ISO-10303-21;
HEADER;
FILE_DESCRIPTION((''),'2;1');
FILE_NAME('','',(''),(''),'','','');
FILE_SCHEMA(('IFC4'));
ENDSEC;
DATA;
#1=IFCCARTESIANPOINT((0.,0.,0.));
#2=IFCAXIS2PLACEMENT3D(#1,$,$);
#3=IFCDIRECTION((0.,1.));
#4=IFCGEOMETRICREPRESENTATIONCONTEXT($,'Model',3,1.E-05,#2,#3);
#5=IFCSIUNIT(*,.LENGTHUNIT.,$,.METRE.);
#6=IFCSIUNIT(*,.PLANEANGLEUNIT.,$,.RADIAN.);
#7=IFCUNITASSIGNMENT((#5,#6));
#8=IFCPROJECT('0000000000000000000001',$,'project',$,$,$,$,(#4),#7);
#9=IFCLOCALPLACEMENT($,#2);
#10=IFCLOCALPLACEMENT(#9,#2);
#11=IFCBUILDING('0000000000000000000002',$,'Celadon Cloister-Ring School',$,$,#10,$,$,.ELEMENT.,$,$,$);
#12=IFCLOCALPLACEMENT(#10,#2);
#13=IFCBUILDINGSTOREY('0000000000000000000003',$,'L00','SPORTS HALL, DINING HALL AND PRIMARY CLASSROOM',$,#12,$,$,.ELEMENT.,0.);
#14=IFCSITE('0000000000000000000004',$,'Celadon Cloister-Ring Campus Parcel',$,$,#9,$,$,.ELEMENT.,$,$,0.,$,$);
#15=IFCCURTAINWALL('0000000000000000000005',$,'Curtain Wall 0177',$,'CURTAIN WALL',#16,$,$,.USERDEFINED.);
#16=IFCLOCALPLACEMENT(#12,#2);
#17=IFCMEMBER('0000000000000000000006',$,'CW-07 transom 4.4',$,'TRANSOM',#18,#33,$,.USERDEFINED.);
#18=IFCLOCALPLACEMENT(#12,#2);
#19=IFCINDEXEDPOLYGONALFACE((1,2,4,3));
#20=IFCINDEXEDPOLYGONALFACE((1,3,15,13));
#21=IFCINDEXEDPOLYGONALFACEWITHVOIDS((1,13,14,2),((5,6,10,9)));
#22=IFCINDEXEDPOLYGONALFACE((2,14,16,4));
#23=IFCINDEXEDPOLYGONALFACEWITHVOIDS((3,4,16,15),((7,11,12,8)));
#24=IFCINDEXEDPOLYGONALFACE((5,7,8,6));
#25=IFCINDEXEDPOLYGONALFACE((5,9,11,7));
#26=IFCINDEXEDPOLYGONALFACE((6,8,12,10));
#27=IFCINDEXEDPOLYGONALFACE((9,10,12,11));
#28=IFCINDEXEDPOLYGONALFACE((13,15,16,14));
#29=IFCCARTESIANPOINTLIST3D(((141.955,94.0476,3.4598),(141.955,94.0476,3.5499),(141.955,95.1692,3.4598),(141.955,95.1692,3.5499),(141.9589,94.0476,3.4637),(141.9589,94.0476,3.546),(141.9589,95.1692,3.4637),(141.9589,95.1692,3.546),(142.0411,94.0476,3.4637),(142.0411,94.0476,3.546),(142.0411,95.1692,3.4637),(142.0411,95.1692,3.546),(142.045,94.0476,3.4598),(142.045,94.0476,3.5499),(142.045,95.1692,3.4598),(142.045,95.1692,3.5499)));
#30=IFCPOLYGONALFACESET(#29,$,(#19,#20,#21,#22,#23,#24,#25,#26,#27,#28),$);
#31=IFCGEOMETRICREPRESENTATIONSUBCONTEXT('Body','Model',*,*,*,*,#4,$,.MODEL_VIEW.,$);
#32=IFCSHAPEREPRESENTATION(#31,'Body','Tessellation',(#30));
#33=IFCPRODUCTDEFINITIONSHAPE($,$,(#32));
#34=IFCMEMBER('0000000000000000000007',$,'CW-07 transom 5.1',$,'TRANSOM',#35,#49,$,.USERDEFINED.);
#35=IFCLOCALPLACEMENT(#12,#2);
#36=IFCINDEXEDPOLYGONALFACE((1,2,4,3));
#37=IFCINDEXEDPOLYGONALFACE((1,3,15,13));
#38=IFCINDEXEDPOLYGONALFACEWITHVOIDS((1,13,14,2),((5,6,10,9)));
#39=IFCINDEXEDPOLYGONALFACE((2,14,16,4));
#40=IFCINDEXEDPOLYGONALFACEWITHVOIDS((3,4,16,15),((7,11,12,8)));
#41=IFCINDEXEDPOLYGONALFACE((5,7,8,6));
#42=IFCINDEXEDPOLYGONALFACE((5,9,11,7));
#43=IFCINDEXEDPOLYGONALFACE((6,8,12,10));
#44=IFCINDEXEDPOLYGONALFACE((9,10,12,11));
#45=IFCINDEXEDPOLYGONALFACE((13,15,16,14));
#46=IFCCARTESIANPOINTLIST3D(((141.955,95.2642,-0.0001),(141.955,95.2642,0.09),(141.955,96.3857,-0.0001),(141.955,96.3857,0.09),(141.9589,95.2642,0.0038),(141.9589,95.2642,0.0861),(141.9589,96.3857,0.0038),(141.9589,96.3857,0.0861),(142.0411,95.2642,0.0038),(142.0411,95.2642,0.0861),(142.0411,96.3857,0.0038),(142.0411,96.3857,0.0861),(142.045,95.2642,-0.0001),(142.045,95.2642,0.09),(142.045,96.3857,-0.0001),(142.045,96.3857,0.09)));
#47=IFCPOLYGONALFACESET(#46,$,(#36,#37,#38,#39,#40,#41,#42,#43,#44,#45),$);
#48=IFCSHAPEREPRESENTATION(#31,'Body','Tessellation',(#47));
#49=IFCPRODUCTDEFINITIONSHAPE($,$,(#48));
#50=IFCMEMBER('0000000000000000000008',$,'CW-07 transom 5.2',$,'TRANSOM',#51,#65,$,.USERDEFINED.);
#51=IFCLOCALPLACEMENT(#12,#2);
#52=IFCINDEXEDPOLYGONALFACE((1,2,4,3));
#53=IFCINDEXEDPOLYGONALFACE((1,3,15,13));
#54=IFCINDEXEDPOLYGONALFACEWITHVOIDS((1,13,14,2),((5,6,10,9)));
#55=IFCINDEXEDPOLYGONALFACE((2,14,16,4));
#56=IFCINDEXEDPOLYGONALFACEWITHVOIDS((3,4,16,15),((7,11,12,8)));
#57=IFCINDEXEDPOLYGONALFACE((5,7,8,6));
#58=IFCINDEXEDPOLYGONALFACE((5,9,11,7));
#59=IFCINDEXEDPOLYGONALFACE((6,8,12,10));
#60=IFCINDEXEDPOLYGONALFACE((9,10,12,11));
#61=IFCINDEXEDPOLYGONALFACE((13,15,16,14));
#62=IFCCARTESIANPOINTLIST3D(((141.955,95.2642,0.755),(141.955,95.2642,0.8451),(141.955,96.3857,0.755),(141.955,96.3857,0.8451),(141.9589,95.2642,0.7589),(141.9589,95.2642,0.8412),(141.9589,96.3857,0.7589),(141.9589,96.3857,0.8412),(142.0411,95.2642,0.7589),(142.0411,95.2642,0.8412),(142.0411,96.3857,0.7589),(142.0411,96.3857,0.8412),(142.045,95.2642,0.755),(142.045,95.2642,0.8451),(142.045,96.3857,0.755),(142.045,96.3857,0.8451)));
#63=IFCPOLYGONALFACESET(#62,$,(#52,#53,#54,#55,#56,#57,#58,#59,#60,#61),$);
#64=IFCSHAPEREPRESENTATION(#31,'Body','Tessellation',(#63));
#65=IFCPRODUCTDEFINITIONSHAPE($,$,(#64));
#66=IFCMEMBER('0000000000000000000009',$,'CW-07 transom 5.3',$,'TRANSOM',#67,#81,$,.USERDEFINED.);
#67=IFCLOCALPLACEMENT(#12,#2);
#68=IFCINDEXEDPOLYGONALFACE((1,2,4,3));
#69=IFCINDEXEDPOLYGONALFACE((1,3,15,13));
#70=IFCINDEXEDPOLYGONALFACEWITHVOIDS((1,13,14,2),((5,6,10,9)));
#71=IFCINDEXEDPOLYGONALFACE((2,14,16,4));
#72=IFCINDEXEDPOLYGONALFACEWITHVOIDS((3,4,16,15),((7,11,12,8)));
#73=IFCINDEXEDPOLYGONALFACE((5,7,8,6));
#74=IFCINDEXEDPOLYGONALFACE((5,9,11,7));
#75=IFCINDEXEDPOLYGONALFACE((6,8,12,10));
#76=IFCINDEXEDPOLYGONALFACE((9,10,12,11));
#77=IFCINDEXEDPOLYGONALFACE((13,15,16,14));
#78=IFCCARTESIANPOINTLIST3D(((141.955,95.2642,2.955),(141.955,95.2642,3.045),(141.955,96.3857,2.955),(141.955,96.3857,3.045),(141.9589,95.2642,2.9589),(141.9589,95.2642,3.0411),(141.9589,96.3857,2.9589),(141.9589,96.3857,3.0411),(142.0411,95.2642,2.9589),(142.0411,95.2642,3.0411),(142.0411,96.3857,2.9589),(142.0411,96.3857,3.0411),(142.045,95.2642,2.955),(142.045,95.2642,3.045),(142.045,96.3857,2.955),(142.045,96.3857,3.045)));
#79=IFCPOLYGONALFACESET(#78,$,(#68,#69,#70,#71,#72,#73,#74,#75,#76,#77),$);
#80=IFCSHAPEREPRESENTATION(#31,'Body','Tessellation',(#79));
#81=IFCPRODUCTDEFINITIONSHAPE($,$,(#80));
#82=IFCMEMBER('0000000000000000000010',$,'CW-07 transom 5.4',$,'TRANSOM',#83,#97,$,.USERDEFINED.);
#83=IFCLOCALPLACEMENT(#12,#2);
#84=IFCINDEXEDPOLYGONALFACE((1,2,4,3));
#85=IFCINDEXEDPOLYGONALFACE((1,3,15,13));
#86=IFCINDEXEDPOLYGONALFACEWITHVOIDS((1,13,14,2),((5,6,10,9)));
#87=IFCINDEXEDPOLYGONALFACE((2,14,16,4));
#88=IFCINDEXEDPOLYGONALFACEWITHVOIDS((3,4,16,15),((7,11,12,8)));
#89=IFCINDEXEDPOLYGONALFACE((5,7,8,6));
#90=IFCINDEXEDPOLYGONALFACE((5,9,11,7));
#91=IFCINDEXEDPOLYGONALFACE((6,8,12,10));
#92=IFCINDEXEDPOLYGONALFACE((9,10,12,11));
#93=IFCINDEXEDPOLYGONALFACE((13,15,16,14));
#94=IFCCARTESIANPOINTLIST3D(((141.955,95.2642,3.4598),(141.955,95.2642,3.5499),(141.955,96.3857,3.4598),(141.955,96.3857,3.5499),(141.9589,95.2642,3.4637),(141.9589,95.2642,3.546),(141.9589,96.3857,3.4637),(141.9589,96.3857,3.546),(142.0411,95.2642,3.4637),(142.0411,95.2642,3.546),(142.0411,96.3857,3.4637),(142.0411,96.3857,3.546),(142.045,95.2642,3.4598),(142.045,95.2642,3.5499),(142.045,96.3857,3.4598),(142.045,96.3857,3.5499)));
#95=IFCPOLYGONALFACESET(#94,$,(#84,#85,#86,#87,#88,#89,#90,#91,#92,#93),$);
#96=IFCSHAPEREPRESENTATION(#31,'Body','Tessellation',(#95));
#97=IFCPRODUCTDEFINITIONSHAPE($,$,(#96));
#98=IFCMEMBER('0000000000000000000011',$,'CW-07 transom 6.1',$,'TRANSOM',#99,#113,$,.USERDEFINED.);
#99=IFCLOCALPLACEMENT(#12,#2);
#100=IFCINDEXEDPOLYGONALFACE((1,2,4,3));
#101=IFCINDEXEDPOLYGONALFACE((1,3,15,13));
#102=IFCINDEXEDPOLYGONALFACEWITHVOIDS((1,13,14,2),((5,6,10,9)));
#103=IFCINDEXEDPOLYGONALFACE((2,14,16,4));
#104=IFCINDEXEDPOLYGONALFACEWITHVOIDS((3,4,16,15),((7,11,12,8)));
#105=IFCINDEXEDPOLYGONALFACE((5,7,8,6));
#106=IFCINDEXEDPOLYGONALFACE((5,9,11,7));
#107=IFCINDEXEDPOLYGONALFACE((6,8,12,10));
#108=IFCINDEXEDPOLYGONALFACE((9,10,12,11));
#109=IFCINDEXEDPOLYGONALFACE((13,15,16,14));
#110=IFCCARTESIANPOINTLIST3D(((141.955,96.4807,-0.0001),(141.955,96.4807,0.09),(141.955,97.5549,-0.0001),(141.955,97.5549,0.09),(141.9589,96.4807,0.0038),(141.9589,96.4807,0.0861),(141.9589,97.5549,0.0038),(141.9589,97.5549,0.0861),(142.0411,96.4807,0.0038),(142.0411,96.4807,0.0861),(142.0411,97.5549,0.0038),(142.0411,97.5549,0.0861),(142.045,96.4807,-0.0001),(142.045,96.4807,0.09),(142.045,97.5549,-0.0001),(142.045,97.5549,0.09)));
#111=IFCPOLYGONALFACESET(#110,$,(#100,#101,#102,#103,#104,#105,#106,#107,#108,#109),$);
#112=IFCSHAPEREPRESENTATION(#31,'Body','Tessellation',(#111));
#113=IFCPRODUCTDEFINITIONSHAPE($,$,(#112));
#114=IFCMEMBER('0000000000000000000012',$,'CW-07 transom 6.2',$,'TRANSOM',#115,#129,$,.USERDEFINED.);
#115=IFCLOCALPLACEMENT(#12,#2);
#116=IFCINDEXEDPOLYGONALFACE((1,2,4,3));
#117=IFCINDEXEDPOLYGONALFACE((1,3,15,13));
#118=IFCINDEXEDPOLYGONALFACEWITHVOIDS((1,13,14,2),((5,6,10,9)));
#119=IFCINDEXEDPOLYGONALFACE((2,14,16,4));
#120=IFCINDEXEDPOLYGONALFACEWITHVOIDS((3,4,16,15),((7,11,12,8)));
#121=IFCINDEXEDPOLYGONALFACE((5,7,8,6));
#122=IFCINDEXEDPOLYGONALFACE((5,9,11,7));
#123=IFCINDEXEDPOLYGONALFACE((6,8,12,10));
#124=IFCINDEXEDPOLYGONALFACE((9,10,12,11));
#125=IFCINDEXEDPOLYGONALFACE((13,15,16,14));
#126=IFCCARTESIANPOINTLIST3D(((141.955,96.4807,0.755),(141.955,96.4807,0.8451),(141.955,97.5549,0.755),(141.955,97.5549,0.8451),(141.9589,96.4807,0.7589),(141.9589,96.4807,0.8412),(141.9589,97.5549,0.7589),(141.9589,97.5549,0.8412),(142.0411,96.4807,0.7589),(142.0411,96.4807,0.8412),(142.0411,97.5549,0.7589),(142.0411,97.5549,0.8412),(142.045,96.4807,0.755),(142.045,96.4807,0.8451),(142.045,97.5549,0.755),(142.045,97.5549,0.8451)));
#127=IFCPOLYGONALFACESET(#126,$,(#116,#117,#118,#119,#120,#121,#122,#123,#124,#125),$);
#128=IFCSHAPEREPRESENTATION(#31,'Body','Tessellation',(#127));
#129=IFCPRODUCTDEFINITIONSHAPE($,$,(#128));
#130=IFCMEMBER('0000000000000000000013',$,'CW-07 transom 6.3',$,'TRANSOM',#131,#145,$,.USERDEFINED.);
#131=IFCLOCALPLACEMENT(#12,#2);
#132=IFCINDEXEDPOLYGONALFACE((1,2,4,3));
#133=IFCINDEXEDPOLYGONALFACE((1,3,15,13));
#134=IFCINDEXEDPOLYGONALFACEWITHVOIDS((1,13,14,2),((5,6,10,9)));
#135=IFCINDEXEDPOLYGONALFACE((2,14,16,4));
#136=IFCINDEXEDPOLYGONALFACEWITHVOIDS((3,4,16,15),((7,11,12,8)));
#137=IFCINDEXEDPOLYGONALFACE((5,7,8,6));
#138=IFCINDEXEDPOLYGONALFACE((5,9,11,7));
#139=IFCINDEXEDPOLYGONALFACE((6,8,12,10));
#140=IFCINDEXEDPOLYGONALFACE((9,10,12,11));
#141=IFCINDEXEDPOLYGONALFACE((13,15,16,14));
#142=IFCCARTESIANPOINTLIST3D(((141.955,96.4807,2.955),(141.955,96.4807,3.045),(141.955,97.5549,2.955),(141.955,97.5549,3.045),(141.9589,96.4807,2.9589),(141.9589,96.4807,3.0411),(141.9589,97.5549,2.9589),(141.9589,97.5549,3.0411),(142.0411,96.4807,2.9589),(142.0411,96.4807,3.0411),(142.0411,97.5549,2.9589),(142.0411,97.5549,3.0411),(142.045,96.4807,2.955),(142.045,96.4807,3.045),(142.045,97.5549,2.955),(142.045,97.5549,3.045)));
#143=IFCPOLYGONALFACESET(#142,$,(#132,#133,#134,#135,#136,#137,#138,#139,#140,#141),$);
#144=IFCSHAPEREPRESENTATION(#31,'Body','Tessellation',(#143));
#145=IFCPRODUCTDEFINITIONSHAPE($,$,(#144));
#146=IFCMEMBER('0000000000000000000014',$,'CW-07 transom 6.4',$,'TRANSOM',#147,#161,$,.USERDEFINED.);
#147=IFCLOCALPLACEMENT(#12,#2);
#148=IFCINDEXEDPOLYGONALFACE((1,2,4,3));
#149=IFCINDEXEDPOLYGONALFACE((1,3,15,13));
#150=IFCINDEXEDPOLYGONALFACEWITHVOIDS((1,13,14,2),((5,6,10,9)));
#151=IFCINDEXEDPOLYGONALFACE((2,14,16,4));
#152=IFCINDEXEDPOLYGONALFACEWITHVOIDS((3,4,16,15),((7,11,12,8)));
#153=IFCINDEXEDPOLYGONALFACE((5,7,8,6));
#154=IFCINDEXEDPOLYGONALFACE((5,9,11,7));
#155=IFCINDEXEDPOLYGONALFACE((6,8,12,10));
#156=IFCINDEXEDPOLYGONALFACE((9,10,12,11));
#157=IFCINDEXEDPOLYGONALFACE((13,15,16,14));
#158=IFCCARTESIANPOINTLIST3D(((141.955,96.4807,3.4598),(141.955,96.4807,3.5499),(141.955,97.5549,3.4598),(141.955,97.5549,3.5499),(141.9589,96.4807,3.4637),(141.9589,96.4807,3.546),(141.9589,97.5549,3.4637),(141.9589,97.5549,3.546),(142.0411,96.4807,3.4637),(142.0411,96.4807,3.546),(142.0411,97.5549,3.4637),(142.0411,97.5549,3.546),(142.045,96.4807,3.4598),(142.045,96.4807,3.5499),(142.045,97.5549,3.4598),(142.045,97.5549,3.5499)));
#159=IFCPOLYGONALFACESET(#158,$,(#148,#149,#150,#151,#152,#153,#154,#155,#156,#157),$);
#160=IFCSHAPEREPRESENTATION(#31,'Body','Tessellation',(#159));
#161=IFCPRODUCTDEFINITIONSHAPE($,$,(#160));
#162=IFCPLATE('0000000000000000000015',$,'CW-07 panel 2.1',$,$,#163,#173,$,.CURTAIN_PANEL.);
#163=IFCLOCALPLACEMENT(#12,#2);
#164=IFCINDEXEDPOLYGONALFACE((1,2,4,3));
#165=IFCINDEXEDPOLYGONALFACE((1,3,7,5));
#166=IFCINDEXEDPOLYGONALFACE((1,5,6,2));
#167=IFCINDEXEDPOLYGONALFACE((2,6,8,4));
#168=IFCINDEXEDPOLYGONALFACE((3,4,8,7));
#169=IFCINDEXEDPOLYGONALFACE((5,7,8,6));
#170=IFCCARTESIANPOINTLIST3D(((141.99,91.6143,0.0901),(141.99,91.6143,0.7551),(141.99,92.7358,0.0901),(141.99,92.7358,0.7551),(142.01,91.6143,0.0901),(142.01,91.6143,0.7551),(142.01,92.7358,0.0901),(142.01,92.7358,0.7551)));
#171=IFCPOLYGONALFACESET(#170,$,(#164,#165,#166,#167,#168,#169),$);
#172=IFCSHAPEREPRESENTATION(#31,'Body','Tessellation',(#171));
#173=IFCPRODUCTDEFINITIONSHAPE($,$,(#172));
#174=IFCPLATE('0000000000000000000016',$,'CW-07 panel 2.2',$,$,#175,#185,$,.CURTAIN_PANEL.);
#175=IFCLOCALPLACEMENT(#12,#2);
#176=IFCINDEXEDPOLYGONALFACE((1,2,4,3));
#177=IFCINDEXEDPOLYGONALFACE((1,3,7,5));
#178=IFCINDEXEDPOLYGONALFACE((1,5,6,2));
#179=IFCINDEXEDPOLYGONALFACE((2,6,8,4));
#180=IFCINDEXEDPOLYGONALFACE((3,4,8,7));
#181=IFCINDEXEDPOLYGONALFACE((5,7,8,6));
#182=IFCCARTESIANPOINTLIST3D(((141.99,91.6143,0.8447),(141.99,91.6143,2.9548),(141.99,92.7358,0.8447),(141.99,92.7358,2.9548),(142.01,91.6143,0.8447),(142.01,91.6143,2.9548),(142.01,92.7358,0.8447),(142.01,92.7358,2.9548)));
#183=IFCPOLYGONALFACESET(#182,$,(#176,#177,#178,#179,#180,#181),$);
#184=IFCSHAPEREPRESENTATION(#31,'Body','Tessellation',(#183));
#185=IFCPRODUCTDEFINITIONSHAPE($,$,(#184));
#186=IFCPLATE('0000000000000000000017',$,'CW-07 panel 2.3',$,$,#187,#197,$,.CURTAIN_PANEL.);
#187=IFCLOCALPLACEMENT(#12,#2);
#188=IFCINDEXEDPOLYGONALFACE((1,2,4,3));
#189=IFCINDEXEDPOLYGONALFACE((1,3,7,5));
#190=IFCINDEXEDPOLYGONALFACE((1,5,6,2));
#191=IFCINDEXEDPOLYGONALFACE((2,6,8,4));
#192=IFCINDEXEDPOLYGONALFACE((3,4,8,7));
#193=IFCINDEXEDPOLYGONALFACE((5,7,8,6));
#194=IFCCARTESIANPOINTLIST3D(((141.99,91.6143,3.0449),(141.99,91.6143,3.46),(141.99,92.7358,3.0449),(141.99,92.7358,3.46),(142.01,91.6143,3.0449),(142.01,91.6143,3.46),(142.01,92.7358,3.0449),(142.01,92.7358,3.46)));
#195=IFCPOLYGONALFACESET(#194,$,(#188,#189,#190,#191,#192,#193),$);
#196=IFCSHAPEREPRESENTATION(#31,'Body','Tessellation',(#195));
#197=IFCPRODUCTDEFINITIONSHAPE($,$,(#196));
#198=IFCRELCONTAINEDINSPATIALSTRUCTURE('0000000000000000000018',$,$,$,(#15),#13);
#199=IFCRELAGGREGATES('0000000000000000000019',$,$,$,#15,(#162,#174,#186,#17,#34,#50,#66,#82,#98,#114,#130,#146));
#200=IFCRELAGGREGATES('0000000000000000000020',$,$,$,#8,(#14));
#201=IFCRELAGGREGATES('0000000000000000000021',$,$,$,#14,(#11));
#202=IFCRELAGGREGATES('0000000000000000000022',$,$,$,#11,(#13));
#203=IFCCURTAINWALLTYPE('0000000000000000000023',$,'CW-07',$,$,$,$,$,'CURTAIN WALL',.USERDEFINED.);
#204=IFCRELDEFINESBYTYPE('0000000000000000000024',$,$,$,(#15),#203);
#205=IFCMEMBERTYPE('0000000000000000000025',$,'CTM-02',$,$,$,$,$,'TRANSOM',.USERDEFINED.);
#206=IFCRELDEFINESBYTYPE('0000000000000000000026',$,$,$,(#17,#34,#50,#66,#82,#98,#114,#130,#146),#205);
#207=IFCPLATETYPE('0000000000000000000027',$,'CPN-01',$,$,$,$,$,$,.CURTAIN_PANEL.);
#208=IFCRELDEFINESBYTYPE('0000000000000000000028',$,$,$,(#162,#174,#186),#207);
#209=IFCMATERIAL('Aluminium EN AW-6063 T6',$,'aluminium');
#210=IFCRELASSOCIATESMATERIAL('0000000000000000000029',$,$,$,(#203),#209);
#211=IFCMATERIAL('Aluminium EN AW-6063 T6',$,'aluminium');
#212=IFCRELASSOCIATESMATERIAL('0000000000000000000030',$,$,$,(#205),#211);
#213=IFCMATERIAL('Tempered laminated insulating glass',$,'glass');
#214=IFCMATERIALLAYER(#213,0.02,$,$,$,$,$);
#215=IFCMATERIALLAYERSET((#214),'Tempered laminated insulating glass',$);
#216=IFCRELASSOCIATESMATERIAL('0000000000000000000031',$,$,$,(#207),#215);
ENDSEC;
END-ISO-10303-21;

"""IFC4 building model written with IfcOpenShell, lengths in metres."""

from ifc_helpers import new_model, si_unit, direction, frame, origin, origin_2d, place, context, subcontext, project, spatial, rectangle, hollow_rectangle, extrude, material, layer, layer_set, material_profile, profile_set, type_object, element, aggregate, save


model = new_model("IFC4")

# Units and contexts
model_context = context("Model", 3, precision=1e-05, world=origin(), true_north=direction((0.0, 1.0)))
body_context = subcontext(model_context, "Body", "Model", "MODEL_VIEW")
ifc_project = project(units=[si_unit("LENGTHUNIT", "METRE"), si_unit("PLANEANGLEUNIT", "RADIAN")], contexts=[model_context])

# Site, building, storey
site_placement = place(None, origin())
site = spatial("IfcSite", under=ifc_project, at=site_placement, Name="Celadon Cloister-Ring Campus Parcel", CompositionType="ELEMENT", RefElevation=0.0)
building_placement = place(site_placement, origin())
building = spatial("IfcBuilding", under=site, at=building_placement, Name="Celadon Cloister-Ring School", CompositionType="ELEMENT")
storey_placement = place(building_placement, origin())
storey = spatial("IfcBuildingStorey", under=building, at=storey_placement, Name="L00", Description="SPORTS HALL, DINING HALL AND PRIMARY CLASSROOM", CompositionType="ELEMENT", Elevation=0.0)

# Curtain wall, members, plates
ifc_material_1 = material(Name="Aluminium EN AW-6063 T6", Category="aluminium")
curtain_wall_type = type_object("IfcCurtainWallType", Name="CW-07", ElementType="CURTAIN WALL", PredefinedType="USERDEFINED", material=ifc_material_1)
curtain_wall_placement = place(storey_placement, origin())
curtain_wall = element("IfcCurtainWall", 1, at=curtain_wall_placement, inside=storey, type_object=curtain_wall_type, Name="Curtain Wall 0177", ObjectType="CURTAIN WALL", PredefinedType="USERDEFINED")
ifc_material_2 = material(Name="Aluminium EN AW-6063 T6", Category="aluminium")
ifc_material_profile_1 = material_profile(ifc_material_2, hollow_rectangle(XDim=0.0901, YDim=0.0901, WallThickness=0.0039, at=origin_2d()), Name="RHS90X90X4")
ifc_profile_set_1 = profile_set([ifc_material_profile_1], Name="Aluminium EN AW-6063 T6")
member_type_1 = type_object("IfcMemberType", Name="CTM-02", ElementType="TRANSOM", PredefinedType="USERDEFINED", material=ifc_profile_set_1)
member_1_placement = place(storey_placement, frame((142.0, 94.0476, 3.5049), z_axis=(0.0, 1.0, 0.0), x_axis=(-1.0, 0.0, 0.0)))
member_1 = element("IfcMember", 2, at=member_1_placement, type_object=member_type_1, Name="CW-07 transom 4.4", ObjectType="TRANSOM", PredefinedType="USERDEFINED", context=body_context, shape_type="SweptSolid", body=[
    extrude(hollow_rectangle(XDim=0.0901, YDim=0.0901, WallThickness=0.0039, at=origin_2d()), origin(), (0.0, 0.0, 1.0), 1.1216),
])
member_2_placement = place(storey_placement, frame((142.0, 95.2642, 0.0449), z_axis=(0.0, 1.0, 0.0), x_axis=(-1.0, 0.0, 0.0)))
member_2 = element("IfcMember", 3, at=member_2_placement, type_object=member_type_1, Name="CW-07 transom 5.1", ObjectType="TRANSOM", PredefinedType="USERDEFINED", context=body_context, shape_type="SweptSolid", body=[
    extrude(hollow_rectangle(XDim=0.0901, YDim=0.0901, WallThickness=0.0039, at=origin_2d()), origin(), (0.0, 0.0, 1.0), 1.1216),
])
member_3_placement = place(storey_placement, frame((142.0, 95.2642, 0.8), z_axis=(0.0, 1.0, 0.0), x_axis=(-1.0, 0.0, 0.0)))
member_3 = element("IfcMember", 4, at=member_3_placement, type_object=member_type_1, Name="CW-07 transom 5.2", ObjectType="TRANSOM", PredefinedType="USERDEFINED", context=body_context, shape_type="SweptSolid", body=[
    extrude(hollow_rectangle(XDim=0.0901, YDim=0.0901, WallThickness=0.0039, at=origin_2d()), origin(), (0.0, 0.0, 1.0), 1.1216),
])
member_4_placement = place(storey_placement, frame((142.0, 95.2642, 3.0), z_axis=(0.0, 1.0, 0.0), x_axis=(-1.0, 0.0, 0.0)))
member_4 = element("IfcMember", 5, at=member_4_placement, type_object=member_type_1, Name="CW-07 transom 5.3", ObjectType="TRANSOM", PredefinedType="USERDEFINED", context=body_context, shape_type="SweptSolid", body=[
    extrude(hollow_rectangle(XDim=0.0901, YDim=0.0901, WallThickness=0.0039, at=origin_2d()), origin(), (0.0, 0.0, 1.0), 1.1216),
])
member_5_placement = place(storey_placement, frame((142.0, 95.2642, 3.5049), z_axis=(0.0, 1.0, 0.0), x_axis=(-1.0, 0.0, 0.0)))
member_5 = element("IfcMember", 6, at=member_5_placement, type_object=member_type_1, Name="CW-07 transom 5.4", ObjectType="TRANSOM", PredefinedType="USERDEFINED", context=body_context, shape_type="SweptSolid", body=[
    extrude(hollow_rectangle(XDim=0.0901, YDim=0.0901, WallThickness=0.0039, at=origin_2d()), origin(), (0.0, 0.0, 1.0), 1.1216),
])
member_6_placement = place(storey_placement, frame((142.0, 96.4807, 0.0449), z_axis=(0.0, 1.0, 0.0), x_axis=(-1.0, 0.0, 0.0)))
member_6 = element("IfcMember", 7, at=member_6_placement, type_object=member_type_1, Name="CW-07 transom 6.1", ObjectType="TRANSOM", PredefinedType="USERDEFINED", context=body_context, shape_type="SweptSolid", body=[
    extrude(hollow_rectangle(XDim=0.0901, YDim=0.0901, WallThickness=0.0039, at=origin_2d()), origin(), (0.0, 0.0, 1.0), 1.0742),
])
member_7_placement = place(storey_placement, frame((142.0, 96.4807, 0.8), z_axis=(0.0, 1.0, 0.0), x_axis=(-1.0, 0.0, 0.0)))
member_7 = element("IfcMember", 8, at=member_7_placement, type_object=member_type_1, Name="CW-07 transom 6.2", ObjectType="TRANSOM", PredefinedType="USERDEFINED", context=body_context, shape_type="SweptSolid", body=[
    extrude(hollow_rectangle(XDim=0.0901, YDim=0.0901, WallThickness=0.0039, at=origin_2d()), origin(), (0.0, 0.0, 1.0), 1.0742),
])
member_8_placement = place(storey_placement, frame((142.0, 96.4807, 3.0), z_axis=(0.0, 1.0, 0.0), x_axis=(-1.0, 0.0, 0.0)))
member_8 = element("IfcMember", 9, at=member_8_placement, type_object=member_type_1, Name="CW-07 transom 6.3", ObjectType="TRANSOM", PredefinedType="USERDEFINED", context=body_context, shape_type="SweptSolid", body=[
    extrude(hollow_rectangle(XDim=0.0901, YDim=0.0901, WallThickness=0.0039, at=origin_2d()), origin(), (0.0, 0.0, 1.0), 1.0742),
])
member_9_placement = place(storey_placement, frame((142.0, 96.4807, 3.5049), z_axis=(0.0, 1.0, 0.0), x_axis=(-1.0, 0.0, 0.0)))
member_9 = element("IfcMember", 10, at=member_9_placement, type_object=member_type_1, Name="CW-07 transom 6.4", ObjectType="TRANSOM", PredefinedType="USERDEFINED", context=body_context, shape_type="SweptSolid", body=[
    extrude(hollow_rectangle(XDim=0.0901, YDim=0.0901, WallThickness=0.0039, at=origin_2d()), origin(), (0.0, 0.0, 1.0), 1.0742),
])
ifc_material_3 = material(Name="Tempered laminated insulating glass", Category="glass")
ifc_layer = layer(ifc_material_3, 0.02)
ifc_layer_set = layer_set([ifc_layer], Name="Tempered laminated insulating glass")
plate_type = type_object("IfcPlateType", Name="CPN-01", PredefinedType="CURTAIN_PANEL", material=ifc_layer_set)
plate_1_placement = place(storey_placement, frame((142.0, 92.175, 0.0901), z_axis=(0.0, 0.0, 1.0), x_axis=(0.0, 1.0, 0.0)))
plate_1 = element("IfcPlate", 11, at=plate_1_placement, type_object=plate_type, Name="CW-07 panel 2.1", PredefinedType="CURTAIN_PANEL", context=body_context, shape_type="SweptSolid", body=[
    extrude(rectangle(XDim=1.1216, YDim=0.02, at=origin_2d()), origin(), (0.0, 0.0, 1.0), 0.665),
])
plate_2_placement = place(storey_placement, frame((142.0, 92.175, 0.8447), z_axis=(0.0, 0.0, 1.0), x_axis=(0.0, 1.0, 0.0)))
plate_2 = element("IfcPlate", 12, at=plate_2_placement, type_object=plate_type, Name="CW-07 panel 2.2", PredefinedType="CURTAIN_PANEL", context=body_context, shape_type="SweptSolid", body=[
    extrude(rectangle(XDim=1.1216, YDim=0.02, at=origin_2d()), origin(), (0.0, 0.0, 1.0), 2.1101),
])
plate_3_placement = place(storey_placement, frame((142.0, 92.175, 3.0449), z_axis=(0.0, 0.0, 1.0), x_axis=(0.0, 1.0, 0.0)))
plate_3 = element("IfcPlate", 13, at=plate_3_placement, type_object=plate_type, Name="CW-07 panel 2.3", PredefinedType="CURTAIN_PANEL", context=body_context, shape_type="SweptSolid", body=[
    extrude(rectangle(XDim=1.1216, YDim=0.02, at=origin_2d()), origin(), (0.0, 0.0, 1.0), 0.415),
])
aggregate(curtain_wall, [plate_1, plate_2, plate_3, member_1, member_2, member_3, member_4, member_5, member_6, member_7, member_8, member_9])

save(model, "model.ifc")
